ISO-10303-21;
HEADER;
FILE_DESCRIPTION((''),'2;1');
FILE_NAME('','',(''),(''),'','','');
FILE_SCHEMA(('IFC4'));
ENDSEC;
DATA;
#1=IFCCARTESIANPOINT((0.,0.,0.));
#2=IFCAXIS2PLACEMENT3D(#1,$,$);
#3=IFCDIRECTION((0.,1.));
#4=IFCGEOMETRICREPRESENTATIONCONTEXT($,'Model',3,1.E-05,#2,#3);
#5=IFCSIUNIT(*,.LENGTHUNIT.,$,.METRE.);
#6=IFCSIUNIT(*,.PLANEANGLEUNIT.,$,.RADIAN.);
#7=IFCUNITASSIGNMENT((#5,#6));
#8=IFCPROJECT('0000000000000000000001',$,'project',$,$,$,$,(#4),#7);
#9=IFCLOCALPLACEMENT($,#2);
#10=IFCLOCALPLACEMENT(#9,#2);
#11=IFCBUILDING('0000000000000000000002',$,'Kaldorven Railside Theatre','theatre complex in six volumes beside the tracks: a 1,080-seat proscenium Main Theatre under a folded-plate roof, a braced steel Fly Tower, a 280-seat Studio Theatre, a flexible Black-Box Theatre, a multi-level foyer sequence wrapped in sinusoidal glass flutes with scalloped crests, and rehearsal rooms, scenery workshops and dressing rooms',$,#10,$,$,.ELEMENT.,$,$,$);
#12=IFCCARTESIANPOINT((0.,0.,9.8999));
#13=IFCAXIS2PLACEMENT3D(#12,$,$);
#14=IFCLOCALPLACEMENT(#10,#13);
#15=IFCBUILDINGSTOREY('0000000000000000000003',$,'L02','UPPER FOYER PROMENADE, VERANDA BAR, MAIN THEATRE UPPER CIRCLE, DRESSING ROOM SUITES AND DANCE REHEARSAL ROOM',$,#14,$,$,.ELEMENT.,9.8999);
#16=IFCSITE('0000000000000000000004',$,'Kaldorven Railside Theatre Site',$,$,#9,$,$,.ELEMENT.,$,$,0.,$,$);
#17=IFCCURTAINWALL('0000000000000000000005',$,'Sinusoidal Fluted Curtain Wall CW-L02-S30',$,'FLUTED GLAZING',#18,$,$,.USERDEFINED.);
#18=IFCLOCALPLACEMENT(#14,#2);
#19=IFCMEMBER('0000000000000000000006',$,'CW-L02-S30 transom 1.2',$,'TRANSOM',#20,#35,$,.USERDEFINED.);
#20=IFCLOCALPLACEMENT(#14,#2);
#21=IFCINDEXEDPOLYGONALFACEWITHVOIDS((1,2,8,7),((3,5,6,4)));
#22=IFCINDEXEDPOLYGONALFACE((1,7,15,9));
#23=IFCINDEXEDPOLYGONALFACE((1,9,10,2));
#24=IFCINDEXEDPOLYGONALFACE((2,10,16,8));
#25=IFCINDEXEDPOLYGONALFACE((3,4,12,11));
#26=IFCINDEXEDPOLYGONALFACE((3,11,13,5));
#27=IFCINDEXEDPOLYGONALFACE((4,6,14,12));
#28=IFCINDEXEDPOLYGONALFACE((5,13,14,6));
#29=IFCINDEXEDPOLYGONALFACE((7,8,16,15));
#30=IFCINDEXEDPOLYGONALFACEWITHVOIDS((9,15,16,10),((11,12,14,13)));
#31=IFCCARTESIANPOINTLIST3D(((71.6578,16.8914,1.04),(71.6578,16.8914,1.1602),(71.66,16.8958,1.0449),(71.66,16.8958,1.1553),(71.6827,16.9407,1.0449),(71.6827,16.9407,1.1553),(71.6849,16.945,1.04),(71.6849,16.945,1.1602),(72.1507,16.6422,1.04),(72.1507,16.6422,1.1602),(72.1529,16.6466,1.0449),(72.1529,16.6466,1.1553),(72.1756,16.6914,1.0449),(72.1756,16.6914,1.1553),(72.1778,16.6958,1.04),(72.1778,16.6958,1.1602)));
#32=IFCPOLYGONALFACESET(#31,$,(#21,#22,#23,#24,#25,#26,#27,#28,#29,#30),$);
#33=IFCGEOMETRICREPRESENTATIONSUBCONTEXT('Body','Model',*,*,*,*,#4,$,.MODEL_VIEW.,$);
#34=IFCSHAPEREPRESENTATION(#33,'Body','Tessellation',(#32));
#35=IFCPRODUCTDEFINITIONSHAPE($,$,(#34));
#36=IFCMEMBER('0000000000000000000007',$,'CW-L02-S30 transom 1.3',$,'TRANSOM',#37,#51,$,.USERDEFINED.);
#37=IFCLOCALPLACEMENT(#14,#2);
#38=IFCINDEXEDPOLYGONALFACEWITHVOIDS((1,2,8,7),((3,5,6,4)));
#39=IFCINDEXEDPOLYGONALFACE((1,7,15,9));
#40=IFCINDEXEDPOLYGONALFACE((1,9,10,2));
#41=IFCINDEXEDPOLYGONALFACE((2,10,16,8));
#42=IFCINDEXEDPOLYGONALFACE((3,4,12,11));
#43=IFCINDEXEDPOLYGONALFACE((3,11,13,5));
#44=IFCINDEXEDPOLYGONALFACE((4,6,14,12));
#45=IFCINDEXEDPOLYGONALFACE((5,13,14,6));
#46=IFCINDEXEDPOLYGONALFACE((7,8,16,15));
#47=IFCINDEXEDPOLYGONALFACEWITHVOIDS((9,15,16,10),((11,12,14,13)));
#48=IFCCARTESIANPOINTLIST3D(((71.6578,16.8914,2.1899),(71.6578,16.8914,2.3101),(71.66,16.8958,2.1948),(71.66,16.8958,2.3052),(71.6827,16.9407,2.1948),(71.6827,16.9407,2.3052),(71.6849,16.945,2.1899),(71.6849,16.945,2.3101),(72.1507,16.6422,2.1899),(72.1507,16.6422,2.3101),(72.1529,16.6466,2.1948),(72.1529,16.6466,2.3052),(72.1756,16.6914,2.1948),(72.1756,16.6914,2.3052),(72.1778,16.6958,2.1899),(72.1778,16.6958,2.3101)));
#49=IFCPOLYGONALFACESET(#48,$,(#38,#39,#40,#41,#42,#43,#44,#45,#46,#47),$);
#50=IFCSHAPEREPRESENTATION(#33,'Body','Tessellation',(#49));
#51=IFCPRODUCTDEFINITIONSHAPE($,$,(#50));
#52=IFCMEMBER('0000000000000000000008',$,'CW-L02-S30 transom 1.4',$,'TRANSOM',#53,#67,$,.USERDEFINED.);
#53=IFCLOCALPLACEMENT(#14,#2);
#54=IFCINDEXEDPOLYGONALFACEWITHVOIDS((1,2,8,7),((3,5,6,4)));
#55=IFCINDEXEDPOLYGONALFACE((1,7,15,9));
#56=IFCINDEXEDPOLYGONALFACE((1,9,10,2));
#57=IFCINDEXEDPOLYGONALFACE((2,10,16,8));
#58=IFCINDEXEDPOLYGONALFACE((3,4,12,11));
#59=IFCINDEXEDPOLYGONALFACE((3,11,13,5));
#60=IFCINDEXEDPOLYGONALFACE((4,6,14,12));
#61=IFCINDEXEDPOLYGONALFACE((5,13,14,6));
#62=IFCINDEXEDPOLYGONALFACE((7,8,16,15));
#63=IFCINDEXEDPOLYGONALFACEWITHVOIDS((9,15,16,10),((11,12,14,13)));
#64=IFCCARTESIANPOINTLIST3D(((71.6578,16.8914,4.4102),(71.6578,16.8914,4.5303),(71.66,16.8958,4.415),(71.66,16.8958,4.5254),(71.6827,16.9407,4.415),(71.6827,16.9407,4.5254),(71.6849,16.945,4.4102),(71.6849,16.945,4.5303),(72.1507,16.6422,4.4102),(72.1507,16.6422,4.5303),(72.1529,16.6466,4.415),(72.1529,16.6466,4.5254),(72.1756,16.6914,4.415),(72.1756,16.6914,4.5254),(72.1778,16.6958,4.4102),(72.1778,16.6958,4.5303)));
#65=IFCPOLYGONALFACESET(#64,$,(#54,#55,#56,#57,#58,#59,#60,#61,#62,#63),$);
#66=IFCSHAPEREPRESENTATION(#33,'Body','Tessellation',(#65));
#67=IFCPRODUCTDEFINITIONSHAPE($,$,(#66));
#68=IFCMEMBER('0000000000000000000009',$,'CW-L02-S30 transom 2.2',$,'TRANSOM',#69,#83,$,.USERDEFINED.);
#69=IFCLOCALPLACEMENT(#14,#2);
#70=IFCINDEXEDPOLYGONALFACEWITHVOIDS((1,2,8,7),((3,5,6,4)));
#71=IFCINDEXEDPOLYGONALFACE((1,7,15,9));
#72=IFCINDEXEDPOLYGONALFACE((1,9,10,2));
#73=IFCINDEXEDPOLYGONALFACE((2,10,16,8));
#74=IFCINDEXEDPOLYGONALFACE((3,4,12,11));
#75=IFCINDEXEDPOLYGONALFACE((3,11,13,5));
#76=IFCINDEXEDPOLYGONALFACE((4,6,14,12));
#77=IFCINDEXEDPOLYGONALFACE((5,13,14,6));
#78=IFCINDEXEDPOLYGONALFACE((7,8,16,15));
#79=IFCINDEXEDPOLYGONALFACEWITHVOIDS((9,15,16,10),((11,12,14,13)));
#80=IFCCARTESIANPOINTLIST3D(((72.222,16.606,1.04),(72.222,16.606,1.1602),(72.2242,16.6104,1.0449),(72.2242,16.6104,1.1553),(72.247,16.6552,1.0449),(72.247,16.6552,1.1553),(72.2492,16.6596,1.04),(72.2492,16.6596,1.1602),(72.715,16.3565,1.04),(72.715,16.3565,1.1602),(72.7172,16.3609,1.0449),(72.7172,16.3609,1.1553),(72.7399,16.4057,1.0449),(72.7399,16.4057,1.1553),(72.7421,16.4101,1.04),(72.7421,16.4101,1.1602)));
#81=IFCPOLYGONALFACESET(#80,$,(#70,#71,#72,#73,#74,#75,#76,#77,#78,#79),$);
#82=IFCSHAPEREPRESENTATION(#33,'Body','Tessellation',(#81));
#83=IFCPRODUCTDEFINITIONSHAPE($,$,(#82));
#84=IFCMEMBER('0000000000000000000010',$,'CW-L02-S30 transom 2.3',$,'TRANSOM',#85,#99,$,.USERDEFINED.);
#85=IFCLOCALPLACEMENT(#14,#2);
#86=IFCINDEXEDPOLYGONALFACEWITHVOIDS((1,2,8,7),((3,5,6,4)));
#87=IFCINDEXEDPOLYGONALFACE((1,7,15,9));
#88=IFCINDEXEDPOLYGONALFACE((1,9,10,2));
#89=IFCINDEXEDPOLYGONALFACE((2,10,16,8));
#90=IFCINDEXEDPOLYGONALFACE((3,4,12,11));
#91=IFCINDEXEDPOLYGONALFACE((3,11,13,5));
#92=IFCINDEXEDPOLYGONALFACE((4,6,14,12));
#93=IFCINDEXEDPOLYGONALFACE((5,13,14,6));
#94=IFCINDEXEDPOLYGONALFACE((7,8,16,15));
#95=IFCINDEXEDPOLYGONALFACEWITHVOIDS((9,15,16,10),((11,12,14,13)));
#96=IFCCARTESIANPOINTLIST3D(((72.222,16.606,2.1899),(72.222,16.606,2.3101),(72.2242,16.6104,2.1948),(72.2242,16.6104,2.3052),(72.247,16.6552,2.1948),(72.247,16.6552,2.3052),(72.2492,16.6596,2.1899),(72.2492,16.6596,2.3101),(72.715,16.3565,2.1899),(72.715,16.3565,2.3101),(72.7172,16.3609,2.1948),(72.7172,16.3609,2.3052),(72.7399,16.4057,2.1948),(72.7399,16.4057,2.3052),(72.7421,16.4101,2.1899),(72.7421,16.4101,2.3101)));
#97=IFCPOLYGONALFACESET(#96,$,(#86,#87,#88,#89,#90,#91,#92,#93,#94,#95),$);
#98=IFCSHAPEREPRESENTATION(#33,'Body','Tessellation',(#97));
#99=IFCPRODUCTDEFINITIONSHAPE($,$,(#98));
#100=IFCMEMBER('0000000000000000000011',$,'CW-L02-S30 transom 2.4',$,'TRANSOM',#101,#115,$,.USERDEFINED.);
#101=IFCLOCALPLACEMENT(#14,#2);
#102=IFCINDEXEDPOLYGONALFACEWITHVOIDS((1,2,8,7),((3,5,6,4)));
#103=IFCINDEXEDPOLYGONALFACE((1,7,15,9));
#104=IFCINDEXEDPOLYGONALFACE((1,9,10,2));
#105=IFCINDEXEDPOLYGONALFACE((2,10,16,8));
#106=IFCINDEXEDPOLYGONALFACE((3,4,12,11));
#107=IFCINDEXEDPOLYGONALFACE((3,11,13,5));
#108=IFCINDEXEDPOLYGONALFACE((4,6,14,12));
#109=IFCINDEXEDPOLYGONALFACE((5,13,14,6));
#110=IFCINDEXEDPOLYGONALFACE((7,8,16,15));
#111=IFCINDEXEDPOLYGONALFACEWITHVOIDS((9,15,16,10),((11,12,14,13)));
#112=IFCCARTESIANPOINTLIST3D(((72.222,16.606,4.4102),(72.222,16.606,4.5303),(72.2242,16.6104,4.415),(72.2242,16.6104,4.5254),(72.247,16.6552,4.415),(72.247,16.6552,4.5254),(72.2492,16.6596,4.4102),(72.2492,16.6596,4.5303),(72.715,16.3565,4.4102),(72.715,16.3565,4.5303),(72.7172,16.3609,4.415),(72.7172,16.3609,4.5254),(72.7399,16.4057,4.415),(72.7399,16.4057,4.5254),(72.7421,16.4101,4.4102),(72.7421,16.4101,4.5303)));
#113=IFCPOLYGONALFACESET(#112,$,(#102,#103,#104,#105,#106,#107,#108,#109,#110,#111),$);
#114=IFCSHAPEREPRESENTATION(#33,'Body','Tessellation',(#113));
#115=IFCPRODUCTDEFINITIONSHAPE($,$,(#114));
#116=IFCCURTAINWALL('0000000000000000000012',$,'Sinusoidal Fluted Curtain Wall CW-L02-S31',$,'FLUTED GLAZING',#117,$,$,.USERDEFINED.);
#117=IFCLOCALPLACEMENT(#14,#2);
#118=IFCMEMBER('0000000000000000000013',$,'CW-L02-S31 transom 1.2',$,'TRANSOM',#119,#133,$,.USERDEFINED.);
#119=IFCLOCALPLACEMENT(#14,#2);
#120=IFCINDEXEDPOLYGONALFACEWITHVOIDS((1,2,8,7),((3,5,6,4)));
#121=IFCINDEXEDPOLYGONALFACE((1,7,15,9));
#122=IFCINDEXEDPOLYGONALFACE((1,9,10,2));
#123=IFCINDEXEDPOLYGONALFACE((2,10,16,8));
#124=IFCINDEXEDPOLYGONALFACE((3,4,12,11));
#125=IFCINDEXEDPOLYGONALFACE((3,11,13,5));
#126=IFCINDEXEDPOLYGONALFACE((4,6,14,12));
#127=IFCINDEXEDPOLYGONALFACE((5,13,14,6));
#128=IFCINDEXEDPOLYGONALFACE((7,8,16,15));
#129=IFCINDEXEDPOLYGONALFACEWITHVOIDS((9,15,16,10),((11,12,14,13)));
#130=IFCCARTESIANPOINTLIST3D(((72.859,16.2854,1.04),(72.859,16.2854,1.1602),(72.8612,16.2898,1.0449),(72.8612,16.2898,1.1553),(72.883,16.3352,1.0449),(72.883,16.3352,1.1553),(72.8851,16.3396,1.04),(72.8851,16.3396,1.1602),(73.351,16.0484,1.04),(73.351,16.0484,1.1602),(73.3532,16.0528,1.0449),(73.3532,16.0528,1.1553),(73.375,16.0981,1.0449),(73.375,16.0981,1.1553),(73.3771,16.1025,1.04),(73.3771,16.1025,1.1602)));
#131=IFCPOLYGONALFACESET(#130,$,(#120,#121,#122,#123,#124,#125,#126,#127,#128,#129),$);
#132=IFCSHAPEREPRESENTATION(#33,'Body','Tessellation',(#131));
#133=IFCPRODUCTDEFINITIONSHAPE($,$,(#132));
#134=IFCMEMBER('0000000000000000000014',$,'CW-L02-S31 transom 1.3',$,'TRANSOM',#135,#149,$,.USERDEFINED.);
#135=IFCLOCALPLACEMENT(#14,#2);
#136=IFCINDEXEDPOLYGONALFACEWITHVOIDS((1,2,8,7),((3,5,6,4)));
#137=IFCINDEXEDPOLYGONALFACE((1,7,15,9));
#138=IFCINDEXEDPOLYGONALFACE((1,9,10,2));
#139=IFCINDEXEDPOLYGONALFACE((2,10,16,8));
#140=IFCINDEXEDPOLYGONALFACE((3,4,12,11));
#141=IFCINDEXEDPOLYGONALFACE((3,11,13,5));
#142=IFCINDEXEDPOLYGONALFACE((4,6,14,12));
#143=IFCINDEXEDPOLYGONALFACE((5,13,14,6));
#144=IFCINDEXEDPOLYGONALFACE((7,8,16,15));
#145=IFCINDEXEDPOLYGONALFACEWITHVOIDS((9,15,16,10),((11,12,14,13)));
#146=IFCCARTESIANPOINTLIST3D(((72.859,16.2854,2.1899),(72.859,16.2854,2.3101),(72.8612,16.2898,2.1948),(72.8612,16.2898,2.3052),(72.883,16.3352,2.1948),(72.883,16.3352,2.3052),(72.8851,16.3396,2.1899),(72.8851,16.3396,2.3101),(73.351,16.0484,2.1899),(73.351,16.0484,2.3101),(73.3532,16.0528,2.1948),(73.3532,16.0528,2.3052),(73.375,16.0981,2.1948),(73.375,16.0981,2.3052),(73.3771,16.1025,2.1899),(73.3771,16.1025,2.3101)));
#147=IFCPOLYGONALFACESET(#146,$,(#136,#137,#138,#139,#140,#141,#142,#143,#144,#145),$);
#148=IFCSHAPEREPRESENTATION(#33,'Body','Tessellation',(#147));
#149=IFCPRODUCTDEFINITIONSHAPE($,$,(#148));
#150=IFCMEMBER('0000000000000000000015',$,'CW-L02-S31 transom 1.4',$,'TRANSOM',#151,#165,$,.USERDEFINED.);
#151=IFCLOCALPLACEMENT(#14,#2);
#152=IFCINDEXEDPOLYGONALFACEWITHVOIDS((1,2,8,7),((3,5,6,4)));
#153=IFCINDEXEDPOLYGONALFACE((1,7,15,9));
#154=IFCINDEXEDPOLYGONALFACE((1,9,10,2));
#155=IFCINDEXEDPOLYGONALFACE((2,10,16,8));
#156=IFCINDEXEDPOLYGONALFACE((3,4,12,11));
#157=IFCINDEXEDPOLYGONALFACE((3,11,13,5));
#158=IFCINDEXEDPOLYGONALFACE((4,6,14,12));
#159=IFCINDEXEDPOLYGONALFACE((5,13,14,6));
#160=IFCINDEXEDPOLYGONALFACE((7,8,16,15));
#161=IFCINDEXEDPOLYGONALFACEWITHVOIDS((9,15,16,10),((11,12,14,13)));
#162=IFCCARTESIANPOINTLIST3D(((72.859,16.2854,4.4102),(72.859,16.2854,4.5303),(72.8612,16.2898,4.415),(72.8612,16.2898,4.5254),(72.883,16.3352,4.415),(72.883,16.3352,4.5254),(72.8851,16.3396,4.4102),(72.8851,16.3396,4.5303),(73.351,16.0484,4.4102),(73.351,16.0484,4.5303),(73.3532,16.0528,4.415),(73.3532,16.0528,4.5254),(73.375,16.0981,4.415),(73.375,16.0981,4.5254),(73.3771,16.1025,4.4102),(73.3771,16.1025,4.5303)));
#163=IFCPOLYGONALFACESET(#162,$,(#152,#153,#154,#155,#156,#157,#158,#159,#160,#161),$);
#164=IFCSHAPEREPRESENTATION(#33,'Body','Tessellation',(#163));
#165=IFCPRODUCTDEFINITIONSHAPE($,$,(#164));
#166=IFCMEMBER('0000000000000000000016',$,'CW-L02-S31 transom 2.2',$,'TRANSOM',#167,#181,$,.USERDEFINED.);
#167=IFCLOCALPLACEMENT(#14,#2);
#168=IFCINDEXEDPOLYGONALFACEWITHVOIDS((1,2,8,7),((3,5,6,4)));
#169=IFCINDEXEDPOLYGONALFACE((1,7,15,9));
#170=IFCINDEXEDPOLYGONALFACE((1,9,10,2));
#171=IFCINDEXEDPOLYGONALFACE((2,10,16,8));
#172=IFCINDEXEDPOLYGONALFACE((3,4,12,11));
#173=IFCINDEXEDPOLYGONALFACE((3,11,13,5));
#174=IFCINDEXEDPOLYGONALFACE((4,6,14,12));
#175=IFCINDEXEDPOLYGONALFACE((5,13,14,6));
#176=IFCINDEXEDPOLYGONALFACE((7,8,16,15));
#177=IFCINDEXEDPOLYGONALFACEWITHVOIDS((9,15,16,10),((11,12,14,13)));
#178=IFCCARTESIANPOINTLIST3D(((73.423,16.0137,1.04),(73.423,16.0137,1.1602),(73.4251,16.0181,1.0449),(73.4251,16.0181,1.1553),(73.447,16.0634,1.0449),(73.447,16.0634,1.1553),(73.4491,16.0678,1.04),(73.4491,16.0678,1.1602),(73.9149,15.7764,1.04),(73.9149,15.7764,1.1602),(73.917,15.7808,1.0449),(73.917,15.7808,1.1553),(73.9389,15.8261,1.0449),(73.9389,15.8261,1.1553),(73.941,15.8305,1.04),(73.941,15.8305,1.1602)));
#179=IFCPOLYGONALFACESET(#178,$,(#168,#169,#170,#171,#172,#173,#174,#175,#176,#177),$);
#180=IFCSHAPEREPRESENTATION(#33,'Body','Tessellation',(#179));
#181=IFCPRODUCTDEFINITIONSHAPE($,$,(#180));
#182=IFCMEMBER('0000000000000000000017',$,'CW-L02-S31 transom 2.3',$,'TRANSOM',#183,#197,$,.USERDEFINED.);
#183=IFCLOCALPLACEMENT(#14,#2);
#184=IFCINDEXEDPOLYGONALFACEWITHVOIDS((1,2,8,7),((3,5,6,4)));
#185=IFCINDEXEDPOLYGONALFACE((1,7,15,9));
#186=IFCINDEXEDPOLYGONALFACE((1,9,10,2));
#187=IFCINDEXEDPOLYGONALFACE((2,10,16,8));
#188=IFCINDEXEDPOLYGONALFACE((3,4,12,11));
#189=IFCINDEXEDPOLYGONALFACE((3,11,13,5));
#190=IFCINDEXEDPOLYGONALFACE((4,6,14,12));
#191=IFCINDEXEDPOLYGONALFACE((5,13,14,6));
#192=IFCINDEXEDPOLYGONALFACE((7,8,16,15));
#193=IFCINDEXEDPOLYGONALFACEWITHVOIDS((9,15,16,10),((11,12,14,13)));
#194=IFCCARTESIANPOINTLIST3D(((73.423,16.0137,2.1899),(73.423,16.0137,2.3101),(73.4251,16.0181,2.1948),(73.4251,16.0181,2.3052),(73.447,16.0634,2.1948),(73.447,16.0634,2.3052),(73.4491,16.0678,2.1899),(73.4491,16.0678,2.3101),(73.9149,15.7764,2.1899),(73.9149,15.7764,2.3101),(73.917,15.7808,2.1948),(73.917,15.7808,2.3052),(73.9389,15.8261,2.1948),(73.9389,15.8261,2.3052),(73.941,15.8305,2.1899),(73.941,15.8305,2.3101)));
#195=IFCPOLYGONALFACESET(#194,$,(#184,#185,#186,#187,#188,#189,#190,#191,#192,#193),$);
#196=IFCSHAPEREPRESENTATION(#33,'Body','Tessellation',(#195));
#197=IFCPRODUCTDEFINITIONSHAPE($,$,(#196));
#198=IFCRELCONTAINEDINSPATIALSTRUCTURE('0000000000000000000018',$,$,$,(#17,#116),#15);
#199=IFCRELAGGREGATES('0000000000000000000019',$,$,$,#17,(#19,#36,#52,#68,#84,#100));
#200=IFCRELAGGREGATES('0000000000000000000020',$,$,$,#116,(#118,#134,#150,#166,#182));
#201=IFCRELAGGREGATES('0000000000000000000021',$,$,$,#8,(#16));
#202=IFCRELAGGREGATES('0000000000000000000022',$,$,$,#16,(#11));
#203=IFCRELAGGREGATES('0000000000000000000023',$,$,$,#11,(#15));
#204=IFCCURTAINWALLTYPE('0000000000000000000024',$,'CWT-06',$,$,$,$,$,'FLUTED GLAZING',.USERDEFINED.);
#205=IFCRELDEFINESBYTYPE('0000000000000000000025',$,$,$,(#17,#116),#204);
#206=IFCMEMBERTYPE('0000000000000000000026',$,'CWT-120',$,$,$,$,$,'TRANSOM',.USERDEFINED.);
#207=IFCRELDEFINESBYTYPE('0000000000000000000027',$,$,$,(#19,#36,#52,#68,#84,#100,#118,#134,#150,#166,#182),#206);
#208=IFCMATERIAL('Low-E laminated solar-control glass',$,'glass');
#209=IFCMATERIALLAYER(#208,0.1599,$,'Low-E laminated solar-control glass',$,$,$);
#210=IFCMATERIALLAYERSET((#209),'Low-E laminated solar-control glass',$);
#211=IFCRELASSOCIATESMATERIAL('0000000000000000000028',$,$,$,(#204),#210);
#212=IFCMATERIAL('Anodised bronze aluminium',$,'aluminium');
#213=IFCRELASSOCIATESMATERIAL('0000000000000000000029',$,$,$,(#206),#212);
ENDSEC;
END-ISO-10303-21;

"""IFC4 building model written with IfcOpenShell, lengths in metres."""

from ifc_helpers import new_model, si_unit, direction, frame, origin, origin_2d, place, context, subcontext, project, spatial, hollow_rectangle, extrude, material, layer, layer_set, material_profile, profile_set, type_object, element, aggregate, save


model = new_model("IFC4")

# Units and contexts
model_context = context("Model", 3, precision=1e-05, world=origin(), true_north=direction((0.0, 1.0)))
body_context = subcontext(model_context, "Body", "Model", "MODEL_VIEW")
ifc_project = project(units=[si_unit("LENGTHUNIT", "METRE"), si_unit("PLANEANGLEUNIT", "RADIAN")], contexts=[model_context])

# Site, building, storey
site_placement = place(None, origin())
site = spatial("IfcSite", under=ifc_project, at=site_placement, Name="Kaldorven Railside Theatre Site", CompositionType="ELEMENT", RefElevation=0.0)
building_placement = place(site_placement, origin())
building = spatial("IfcBuilding", under=site, at=building_placement, Name="Kaldorven Railside Theatre", Description="theatre complex in six volumes beside the tracks: a 1,080-seat proscenium Main Theatre under a folded-plate roof, a braced steel Fly Tower, a 280-seat Studio Theatre, a flexible Black-Box Theatre, a multi-level foyer sequence wrapped in sinusoidal glass flutes with scalloped crests, and rehearsal rooms, scenery workshops and dressing rooms", CompositionType="ELEMENT")
storey_placement = place(building_placement, frame((0.0, 0.0, 9.8999)))
storey = spatial("IfcBuildingStorey", under=building, at=storey_placement, Name="L02", Description="UPPER FOYER PROMENADE, VERANDA BAR, MAIN THEATRE UPPER CIRCLE, DRESSING ROOM SUITES AND DANCE REHEARSAL ROOM", CompositionType="ELEMENT", Elevation=9.8999)

# Curtain walls, members
ifc_material_1 = material(Name="Low-E laminated solar-control glass", Category="glass")
ifc_layer_1 = layer(ifc_material_1, 0.1599, Name="Low-E laminated solar-control glass")
ifc_layer_set_1 = layer_set([ifc_layer_1], Name="Low-E laminated solar-control glass")
curtain_wall_type_1 = type_object("IfcCurtainWallType", Name="CWT-06", ElementType="FLUTED GLAZING", PredefinedType="USERDEFINED", material=ifc_layer_set_1)
curtain_wall_1_placement = place(storey_placement, origin())
curtain_wall_1 = element("IfcCurtainWall", 1, at=curtain_wall_1_placement, inside=storey, type_object=curtain_wall_type_1, Name="Sinusoidal Fluted Curtain Wall CW-L02-S30", ObjectType="FLUTED GLAZING", PredefinedType="USERDEFINED")
ifc_material_2 = material(Name="Anodised bronze aluminium", Category="aluminium")
ifc_material_profile = material_profile(ifc_material_2, hollow_rectangle(XDim=0.0601, YDim=0.1201, WallThickness=0.0049, at=origin_2d()), Name="RHS 120x60x5")
ifc_profile_set = profile_set([ifc_material_profile], Name="Anodised bronze aluminium")
member_type = type_object("IfcMemberType", Name="CWT-120", ElementType="TRANSOM", PredefinedType="USERDEFINED", material=ifc_profile_set)
member_1_placement = place(storey_placement, frame((71.6714, 16.9182, 1.1001), z_axis=(0.892385, -0.451275, 0.0), x_axis=(0.451275, 0.892385, 0.0)))
member_1 = element("IfcMember", 2, at=member_1_placement, type_object=member_type, Name="CW-L02-S30 transom 1.2", ObjectType="TRANSOM", PredefinedType="USERDEFINED", context=body_context, shape_type="SweptSolid", body=[
    extrude(hollow_rectangle(XDim=0.0601, YDim=0.1201, WallThickness=0.0049, at=origin_2d()), origin(), (0.0, 0.0, 1.0), 0.5522),
])
member_2_placement = place(storey_placement, frame((71.6714, 16.9182, 2.25), z_axis=(0.892385, -0.451275, 0.0), x_axis=(0.451275, 0.892385, 0.0)))
member_2 = element("IfcMember", 3, at=member_2_placement, type_object=member_type, Name="CW-L02-S30 transom 1.3", ObjectType="TRANSOM", PredefinedType="USERDEFINED", context=body_context, shape_type="SweptSolid", body=[
    extrude(hollow_rectangle(XDim=0.0601, YDim=0.1201, WallThickness=0.0049, at=origin_2d()), origin(), (0.0, 0.0, 1.0), 0.5522),
])
member_3_placement = place(storey_placement, frame((71.6714, 16.9182, 4.4702), z_axis=(0.892385, -0.451275, 0.0), x_axis=(0.451275, 0.892385, 0.0)))
member_3 = element("IfcMember", 4, at=member_3_placement, type_object=member_type, Name="CW-L02-S30 transom 1.4", ObjectType="TRANSOM", PredefinedType="USERDEFINED", context=body_context, shape_type="SweptSolid", body=[
    extrude(hollow_rectangle(XDim=0.0601, YDim=0.1201, WallThickness=0.0049, at=origin_2d()), origin(), (0.0, 0.0, 1.0), 0.5522),
])
member_4_placement = place(storey_placement, frame((72.2356, 16.6328, 1.1001), z_axis=(0.892207, -0.451627, 0.0), x_axis=(0.451627, 0.892207, 0.0)))
member_4 = element("IfcMember", 5, at=member_4_placement, type_object=member_type, Name="CW-L02-S30 transom 2.2", ObjectType="TRANSOM", PredefinedType="USERDEFINED", context=body_context, shape_type="SweptSolid", body=[
    extrude(hollow_rectangle(XDim=0.0601, YDim=0.1201, WallThickness=0.0049, at=origin_2d()), origin(), (0.0, 0.0, 1.0), 0.5525),
])
member_5_placement = place(storey_placement, frame((72.2356, 16.6328, 2.25), z_axis=(0.892207, -0.451627, 0.0), x_axis=(0.451627, 0.892207, 0.0)))
member_5 = element("IfcMember", 6, at=member_5_placement, type_object=member_type, Name="CW-L02-S30 transom 2.3", ObjectType="TRANSOM", PredefinedType="USERDEFINED", context=body_context, shape_type="SweptSolid", body=[
    extrude(hollow_rectangle(XDim=0.0601, YDim=0.1201, WallThickness=0.0049, at=origin_2d()), origin(), (0.0, 0.0, 1.0), 0.5525),
])
member_6_placement = place(storey_placement, frame((72.2356, 16.6328, 4.4702), z_axis=(0.892207, -0.451627, 0.0), x_axis=(0.451627, 0.892207, 0.0)))
member_6 = element("IfcMember", 7, at=member_6_placement, type_object=member_type, Name="CW-L02-S30 transom 2.4", ObjectType="TRANSOM", PredefinedType="USERDEFINED", context=body_context, shape_type="SweptSolid", body=[
    extrude(hollow_rectangle(XDim=0.0601, YDim=0.1201, WallThickness=0.0049, at=origin_2d()), origin(), (0.0, 0.0, 1.0), 0.5525),
])
curtain_wall_2_placement = place(storey_placement, origin())
curtain_wall_2 = element("IfcCurtainWall", 8, at=curtain_wall_2_placement, inside=storey, type_object=curtain_wall_type_1, Name="Sinusoidal Fluted Curtain Wall CW-L02-S31", ObjectType="FLUTED GLAZING", PredefinedType="USERDEFINED")
member_7_placement = place(storey_placement, frame((72.8721, 16.3125, 1.1001), z_axis=(0.900859, -0.434111, 0.0), x_axis=(0.434111, 0.900859, 0.0)))
member_7 = element("IfcMember", 9, at=member_7_placement, type_object=member_type, Name="CW-L02-S31 transom 1.2", ObjectType="TRANSOM", PredefinedType="USERDEFINED", context=body_context, shape_type="SweptSolid", body=[
    extrude(hollow_rectangle(XDim=0.0601, YDim=0.1201, WallThickness=0.0049, at=origin_2d()), origin(), (0.0, 0.0, 1.0), 0.5461),
])
member_8_placement = place(storey_placement, frame((72.8721, 16.3125, 2.25), z_axis=(0.900859, -0.434111, 0.0), x_axis=(0.434111, 0.900859, 0.0)))
member_8 = element("IfcMember", 10, at=member_8_placement, type_object=member_type, Name="CW-L02-S31 transom 1.3", ObjectType="TRANSOM", PredefinedType="USERDEFINED", context=body_context, shape_type="SweptSolid", body=[
    extrude(hollow_rectangle(XDim=0.0601, YDim=0.1201, WallThickness=0.0049, at=origin_2d()), origin(), (0.0, 0.0, 1.0), 0.5461),
])
member_9_placement = place(storey_placement, frame((72.8721, 16.3125, 4.4702), z_axis=(0.900859, -0.434111, 0.0), x_axis=(0.434111, 0.900859, 0.0)))
member_9 = element("IfcMember", 11, at=member_9_placement, type_object=member_type, Name="CW-L02-S31 transom 1.4", ObjectType="TRANSOM", PredefinedType="USERDEFINED", context=body_context, shape_type="SweptSolid", body=[
    extrude(hollow_rectangle(XDim=0.0601, YDim=0.1201, WallThickness=0.0049, at=origin_2d()), origin(), (0.0, 0.0, 1.0), 0.5461),
])
member_10_placement = place(storey_placement, frame((73.436, 16.0408, 1.1001), z_axis=(0.900684, -0.434474, 0.0), x_axis=(0.434474, 0.900684, 0.0)))
member_10 = element("IfcMember", 12, at=member_10_placement, type_object=member_type, Name="CW-L02-S31 transom 2.2", ObjectType="TRANSOM", PredefinedType="USERDEFINED", context=body_context, shape_type="SweptSolid", body=[
    extrude(hollow_rectangle(XDim=0.0601, YDim=0.1201, WallThickness=0.0049, at=origin_2d()), origin(), (0.0, 0.0, 1.0), 0.5461),
])
member_11_placement = place(storey_placement, frame((73.436, 16.0408, 2.25), z_axis=(0.900684, -0.434474, 0.0), x_axis=(0.434474, 0.900684, 0.0)))
member_11 = element("IfcMember", 13, at=member_11_placement, type_object=member_type, Name="CW-L02-S31 transom 2.3", ObjectType="TRANSOM", PredefinedType="USERDEFINED", context=body_context, shape_type="SweptSolid", body=[
    extrude(hollow_rectangle(XDim=0.0601, YDim=0.1201, WallThickness=0.0049, at=origin_2d()), origin(), (0.0, 0.0, 1.0), 0.5461),
])

aggregate(curtain_wall_1, [member_1, member_2, member_3, member_4, member_5, member_6])
aggregate(curtain_wall_2, [member_7, member_8, member_9, member_10, member_11])

save(model, "model.ifc")
